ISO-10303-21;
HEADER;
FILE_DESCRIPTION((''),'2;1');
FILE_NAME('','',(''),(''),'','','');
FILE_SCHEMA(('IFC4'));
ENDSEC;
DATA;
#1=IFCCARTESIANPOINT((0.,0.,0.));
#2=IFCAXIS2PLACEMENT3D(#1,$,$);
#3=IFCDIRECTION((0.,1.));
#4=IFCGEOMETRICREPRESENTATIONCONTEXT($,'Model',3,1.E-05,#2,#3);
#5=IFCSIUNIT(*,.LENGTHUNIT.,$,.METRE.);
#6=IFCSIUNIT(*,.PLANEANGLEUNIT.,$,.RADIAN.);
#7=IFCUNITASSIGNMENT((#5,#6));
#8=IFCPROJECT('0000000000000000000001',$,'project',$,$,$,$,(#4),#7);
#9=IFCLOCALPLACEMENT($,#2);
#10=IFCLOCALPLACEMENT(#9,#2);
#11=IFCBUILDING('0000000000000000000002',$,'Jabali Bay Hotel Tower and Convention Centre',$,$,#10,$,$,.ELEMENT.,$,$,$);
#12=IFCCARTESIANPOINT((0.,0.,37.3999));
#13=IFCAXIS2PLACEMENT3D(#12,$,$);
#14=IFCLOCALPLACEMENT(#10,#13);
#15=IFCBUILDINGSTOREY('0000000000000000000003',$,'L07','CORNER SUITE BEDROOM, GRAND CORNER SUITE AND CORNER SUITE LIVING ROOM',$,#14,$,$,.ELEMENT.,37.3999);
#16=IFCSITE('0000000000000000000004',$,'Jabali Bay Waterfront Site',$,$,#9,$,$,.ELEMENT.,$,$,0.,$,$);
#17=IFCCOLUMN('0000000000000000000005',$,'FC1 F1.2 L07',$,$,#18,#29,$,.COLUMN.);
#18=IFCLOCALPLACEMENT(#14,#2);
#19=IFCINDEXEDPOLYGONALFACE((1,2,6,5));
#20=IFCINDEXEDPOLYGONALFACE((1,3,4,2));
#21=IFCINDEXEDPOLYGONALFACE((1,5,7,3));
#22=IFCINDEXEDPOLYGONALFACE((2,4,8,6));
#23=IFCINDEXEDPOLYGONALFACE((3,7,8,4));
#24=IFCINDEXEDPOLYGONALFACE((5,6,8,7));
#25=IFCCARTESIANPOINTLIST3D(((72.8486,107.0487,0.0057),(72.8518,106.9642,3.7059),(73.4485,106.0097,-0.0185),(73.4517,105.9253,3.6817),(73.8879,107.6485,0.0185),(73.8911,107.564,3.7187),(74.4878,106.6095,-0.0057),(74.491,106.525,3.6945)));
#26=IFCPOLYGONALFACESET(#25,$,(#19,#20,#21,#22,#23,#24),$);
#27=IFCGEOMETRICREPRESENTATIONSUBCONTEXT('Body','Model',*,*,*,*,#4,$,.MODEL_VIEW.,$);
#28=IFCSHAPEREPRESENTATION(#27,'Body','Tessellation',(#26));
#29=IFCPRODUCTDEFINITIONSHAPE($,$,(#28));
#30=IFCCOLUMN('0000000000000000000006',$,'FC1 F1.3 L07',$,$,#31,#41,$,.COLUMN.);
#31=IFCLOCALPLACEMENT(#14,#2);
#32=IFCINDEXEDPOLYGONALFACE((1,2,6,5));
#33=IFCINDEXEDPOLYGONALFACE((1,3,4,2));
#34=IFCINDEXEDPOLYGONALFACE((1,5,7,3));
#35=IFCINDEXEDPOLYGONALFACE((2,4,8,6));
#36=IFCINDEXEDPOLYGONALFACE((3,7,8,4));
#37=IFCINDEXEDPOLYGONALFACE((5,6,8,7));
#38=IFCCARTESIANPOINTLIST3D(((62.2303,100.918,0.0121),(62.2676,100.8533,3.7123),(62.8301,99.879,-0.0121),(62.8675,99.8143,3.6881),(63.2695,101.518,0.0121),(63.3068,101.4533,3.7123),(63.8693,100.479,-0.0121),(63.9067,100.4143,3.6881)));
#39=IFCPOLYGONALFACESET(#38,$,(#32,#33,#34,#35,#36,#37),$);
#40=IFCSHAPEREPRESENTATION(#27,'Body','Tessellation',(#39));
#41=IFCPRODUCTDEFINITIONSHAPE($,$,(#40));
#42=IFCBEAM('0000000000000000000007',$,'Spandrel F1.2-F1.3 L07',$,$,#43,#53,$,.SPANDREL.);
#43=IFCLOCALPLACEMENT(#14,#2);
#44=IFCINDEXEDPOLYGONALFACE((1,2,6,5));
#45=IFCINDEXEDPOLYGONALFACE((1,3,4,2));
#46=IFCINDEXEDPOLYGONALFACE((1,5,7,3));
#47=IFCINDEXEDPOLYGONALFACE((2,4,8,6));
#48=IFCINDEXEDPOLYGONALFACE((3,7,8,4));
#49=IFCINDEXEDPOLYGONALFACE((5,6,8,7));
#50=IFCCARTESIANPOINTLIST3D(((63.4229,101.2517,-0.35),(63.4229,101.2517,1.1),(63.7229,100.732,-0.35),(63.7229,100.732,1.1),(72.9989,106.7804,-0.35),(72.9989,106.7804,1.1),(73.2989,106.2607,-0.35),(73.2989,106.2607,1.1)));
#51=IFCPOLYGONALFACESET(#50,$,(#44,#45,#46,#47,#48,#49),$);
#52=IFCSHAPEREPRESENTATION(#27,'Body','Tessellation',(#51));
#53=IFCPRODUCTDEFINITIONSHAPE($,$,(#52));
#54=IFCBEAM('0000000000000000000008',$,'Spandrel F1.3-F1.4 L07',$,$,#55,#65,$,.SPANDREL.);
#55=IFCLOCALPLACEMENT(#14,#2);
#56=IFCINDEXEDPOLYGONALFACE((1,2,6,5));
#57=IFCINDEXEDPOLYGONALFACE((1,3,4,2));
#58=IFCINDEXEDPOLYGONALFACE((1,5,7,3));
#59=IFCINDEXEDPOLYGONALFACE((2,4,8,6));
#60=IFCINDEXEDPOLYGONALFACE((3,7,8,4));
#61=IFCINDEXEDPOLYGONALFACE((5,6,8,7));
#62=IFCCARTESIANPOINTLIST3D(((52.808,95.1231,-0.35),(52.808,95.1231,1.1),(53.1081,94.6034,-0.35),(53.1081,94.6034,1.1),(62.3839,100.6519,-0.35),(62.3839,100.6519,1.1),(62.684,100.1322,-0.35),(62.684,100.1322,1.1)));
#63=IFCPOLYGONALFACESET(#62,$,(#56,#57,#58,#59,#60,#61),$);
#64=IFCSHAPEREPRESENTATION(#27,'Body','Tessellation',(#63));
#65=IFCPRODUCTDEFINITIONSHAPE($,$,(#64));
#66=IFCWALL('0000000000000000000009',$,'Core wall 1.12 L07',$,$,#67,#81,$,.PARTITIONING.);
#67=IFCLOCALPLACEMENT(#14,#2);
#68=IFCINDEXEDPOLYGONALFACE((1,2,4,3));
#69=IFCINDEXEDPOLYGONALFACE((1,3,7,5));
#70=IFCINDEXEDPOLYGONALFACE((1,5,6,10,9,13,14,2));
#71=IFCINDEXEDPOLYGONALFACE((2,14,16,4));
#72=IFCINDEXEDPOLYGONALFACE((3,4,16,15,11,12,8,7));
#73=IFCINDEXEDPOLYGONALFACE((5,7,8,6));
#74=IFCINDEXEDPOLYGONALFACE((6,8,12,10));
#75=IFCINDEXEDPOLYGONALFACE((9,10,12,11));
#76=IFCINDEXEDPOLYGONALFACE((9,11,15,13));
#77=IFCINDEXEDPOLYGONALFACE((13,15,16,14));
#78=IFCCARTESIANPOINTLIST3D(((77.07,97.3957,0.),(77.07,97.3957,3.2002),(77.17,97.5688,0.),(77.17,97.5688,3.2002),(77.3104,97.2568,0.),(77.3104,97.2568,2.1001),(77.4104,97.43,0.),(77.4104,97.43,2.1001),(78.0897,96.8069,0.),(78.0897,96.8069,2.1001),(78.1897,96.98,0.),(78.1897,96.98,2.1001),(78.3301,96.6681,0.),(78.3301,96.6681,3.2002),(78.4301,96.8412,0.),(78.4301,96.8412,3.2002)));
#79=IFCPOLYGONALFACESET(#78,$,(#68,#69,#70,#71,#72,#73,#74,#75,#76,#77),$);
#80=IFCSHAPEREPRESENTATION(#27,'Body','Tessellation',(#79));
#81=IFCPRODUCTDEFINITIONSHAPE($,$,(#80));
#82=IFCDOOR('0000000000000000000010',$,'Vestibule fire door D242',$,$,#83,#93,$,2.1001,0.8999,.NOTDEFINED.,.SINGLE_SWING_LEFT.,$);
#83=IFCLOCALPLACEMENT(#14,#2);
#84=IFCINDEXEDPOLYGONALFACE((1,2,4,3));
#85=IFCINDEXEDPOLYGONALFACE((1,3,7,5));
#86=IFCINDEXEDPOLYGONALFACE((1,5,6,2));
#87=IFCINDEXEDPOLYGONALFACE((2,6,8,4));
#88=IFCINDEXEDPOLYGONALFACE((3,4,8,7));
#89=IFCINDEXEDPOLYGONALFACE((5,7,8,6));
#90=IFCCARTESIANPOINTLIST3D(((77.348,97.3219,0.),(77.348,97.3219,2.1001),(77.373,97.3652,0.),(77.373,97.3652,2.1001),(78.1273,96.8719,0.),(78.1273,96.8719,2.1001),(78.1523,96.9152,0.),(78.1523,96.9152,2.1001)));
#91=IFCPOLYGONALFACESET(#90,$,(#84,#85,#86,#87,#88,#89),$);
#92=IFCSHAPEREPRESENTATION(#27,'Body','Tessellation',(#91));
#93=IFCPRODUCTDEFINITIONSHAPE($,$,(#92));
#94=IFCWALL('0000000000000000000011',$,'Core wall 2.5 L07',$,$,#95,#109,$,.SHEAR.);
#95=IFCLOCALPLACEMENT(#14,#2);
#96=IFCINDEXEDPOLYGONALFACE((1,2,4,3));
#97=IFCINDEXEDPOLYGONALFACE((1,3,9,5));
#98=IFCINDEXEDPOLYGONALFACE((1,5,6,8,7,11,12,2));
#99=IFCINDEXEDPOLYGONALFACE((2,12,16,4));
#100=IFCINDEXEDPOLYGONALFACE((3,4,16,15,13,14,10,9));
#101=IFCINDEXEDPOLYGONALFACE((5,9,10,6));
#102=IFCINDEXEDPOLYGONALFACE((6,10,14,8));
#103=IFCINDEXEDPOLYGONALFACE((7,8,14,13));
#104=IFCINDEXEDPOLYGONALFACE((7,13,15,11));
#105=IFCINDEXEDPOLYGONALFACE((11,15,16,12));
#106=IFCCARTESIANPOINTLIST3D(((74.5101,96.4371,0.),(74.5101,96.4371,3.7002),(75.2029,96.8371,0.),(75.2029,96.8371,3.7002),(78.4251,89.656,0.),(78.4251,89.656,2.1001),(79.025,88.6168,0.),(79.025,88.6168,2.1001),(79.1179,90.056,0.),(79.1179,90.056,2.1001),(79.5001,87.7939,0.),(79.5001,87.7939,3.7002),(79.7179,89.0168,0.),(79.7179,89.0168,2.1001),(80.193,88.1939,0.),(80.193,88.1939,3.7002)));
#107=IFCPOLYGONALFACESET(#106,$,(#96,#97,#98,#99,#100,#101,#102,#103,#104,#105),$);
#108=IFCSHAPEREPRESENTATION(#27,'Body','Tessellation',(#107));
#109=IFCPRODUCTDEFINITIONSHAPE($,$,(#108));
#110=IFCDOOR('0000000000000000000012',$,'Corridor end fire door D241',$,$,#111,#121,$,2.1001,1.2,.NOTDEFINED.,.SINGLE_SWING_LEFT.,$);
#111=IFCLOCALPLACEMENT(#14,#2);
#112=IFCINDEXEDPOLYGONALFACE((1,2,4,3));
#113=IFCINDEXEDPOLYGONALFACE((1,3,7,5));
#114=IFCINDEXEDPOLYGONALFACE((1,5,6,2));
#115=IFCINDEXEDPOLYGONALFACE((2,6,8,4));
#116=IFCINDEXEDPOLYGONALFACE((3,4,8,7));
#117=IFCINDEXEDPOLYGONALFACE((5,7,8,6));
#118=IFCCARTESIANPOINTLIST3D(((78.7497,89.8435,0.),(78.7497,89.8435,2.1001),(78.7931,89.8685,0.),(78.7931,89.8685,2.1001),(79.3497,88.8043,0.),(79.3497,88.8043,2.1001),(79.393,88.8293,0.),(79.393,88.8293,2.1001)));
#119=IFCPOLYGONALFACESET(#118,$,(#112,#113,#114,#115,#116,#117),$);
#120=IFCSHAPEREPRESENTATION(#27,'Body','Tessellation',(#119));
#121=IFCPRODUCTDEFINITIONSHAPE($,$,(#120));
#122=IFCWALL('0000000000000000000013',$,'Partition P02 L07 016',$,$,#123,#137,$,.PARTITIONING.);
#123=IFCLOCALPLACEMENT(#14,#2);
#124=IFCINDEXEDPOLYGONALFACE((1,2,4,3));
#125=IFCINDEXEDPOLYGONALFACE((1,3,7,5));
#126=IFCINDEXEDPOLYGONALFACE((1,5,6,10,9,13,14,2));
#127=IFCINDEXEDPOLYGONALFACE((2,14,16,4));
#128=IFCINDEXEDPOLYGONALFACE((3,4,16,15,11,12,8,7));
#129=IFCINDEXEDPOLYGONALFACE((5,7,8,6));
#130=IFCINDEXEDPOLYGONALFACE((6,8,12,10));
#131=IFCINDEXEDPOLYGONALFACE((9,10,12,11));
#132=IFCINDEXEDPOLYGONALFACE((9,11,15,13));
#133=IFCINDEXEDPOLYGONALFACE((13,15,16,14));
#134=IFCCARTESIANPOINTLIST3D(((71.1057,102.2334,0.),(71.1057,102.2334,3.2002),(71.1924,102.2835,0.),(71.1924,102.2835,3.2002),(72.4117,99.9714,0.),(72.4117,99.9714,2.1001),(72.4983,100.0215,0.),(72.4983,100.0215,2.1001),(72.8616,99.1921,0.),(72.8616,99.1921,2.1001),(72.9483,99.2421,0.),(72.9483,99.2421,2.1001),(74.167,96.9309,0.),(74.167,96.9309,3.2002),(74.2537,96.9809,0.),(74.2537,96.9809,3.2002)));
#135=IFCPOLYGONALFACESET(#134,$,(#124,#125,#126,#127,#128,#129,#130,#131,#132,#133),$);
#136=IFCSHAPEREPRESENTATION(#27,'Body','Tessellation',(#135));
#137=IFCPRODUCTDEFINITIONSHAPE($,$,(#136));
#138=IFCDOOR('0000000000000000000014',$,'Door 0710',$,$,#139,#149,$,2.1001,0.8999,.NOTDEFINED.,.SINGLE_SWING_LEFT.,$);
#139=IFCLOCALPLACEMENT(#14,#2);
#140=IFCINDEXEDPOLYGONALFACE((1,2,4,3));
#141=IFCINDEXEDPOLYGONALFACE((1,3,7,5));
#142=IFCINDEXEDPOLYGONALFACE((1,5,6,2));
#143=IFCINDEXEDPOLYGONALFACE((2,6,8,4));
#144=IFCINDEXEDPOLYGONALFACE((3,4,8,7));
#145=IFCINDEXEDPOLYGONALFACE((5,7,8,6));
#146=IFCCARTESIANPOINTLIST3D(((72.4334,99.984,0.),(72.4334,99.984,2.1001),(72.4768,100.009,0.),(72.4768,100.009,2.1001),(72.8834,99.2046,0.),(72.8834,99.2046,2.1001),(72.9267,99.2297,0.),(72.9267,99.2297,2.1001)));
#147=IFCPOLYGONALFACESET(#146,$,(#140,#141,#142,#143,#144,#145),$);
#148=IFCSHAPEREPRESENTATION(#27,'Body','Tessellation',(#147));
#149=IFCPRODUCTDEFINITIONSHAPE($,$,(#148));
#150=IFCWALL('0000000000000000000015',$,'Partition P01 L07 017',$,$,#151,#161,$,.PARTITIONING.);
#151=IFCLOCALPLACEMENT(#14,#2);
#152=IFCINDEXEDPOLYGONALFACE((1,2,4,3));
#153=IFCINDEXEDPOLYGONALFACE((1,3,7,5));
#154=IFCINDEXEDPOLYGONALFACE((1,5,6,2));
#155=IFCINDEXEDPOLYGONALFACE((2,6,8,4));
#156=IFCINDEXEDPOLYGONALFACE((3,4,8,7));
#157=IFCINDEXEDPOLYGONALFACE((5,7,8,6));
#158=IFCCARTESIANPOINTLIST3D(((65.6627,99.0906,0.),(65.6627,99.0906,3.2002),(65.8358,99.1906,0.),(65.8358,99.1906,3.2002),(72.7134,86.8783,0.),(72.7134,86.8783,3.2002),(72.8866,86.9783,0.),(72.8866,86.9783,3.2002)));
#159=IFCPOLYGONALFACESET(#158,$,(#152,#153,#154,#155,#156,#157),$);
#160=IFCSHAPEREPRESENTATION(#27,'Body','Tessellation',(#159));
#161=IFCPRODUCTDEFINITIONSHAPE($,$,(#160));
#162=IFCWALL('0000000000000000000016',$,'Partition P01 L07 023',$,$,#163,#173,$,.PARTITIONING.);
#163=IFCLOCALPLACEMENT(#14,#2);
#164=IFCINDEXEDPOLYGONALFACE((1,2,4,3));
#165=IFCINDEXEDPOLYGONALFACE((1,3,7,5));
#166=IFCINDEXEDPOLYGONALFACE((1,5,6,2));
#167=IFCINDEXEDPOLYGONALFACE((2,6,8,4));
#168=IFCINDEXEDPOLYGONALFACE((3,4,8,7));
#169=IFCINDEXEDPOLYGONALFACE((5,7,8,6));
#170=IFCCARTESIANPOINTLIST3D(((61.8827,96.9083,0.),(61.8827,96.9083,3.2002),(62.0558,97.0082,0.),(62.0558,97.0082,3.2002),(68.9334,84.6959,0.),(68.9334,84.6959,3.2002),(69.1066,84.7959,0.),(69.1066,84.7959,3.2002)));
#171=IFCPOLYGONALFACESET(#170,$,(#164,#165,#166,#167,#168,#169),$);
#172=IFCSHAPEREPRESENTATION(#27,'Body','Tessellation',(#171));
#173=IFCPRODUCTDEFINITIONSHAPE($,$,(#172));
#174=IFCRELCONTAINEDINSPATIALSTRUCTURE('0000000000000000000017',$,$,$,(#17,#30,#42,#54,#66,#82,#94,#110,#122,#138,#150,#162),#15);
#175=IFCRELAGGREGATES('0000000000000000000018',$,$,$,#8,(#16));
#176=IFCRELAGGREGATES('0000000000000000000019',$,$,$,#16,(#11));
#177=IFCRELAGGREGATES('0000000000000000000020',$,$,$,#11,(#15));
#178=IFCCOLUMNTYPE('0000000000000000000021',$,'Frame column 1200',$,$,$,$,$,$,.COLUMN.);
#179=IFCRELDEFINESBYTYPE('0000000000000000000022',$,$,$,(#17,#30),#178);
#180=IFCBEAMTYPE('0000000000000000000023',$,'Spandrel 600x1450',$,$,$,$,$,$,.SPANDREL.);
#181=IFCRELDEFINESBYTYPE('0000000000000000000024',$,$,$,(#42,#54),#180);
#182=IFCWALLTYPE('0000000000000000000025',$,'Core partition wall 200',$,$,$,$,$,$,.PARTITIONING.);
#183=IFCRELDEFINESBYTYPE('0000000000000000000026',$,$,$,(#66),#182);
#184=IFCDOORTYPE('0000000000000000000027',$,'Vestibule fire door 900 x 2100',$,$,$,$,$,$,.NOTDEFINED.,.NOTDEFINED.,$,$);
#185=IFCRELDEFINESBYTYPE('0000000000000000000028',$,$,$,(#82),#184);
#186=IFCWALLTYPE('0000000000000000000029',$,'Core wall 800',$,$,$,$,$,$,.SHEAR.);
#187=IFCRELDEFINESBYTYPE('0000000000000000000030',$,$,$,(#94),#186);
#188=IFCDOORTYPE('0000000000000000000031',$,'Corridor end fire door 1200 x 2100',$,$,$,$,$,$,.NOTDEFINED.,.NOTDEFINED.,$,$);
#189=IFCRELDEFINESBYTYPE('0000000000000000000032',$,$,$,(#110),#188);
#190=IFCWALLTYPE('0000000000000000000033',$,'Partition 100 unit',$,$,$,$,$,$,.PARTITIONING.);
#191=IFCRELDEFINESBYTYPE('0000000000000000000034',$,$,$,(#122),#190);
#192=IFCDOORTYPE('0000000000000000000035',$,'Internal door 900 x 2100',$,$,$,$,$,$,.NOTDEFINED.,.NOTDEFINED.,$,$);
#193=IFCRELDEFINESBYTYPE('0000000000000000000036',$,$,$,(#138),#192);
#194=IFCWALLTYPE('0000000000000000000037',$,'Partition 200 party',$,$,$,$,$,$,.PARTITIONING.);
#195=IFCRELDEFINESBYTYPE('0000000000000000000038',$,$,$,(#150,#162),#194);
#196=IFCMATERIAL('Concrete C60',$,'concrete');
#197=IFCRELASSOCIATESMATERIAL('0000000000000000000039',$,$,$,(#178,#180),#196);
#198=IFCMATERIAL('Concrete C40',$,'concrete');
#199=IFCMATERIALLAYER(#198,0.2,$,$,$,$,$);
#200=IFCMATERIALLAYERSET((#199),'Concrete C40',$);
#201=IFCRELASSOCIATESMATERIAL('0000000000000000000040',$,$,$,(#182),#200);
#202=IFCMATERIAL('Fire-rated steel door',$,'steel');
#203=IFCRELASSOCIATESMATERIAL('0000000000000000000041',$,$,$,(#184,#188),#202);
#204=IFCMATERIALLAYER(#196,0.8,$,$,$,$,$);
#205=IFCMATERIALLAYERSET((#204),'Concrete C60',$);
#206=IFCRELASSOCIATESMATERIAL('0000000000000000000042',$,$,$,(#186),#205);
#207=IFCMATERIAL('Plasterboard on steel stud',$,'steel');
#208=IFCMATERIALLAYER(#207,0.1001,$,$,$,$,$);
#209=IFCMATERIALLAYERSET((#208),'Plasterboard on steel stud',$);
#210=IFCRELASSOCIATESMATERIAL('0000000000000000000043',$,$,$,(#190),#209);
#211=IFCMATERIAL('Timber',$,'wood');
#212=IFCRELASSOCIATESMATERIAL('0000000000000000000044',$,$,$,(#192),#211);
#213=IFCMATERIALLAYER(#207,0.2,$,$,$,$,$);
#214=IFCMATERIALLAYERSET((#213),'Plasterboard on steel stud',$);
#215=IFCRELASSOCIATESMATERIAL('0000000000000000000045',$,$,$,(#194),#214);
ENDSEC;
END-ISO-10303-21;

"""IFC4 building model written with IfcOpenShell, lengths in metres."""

from ifc_helpers import new_model, si_unit, direction, frame, frame_2d, origin, origin_2d, place, context, subcontext, project, spatial, rectangle, extrude, material, layer, layer_set, material_profile, profile_set, type_object, element, fill, save


model = new_model("IFC4")

# Units and contexts
model_context = context("Model", 3, precision=1e-05, world=origin(), true_north=direction((0.0, 1.0)))
body_context = subcontext(model_context, "Body", "Model", "MODEL_VIEW")
ifc_project = project(units=[si_unit("LENGTHUNIT", "METRE"), si_unit("PLANEANGLEUNIT", "RADIAN")], contexts=[model_context])

# Site, building, storey
site_placement = place(None, origin())
site = spatial("IfcSite", under=ifc_project, at=site_placement, Name="Jabali Bay Waterfront Site", CompositionType="ELEMENT", RefElevation=0.0)
building_placement = place(site_placement, origin())
building = spatial("IfcBuilding", under=site, at=building_placement, Name="Jabali Bay Hotel Tower and Convention Centre", CompositionType="ELEMENT")
storey_placement = place(building_placement, frame((0.0, 0.0, 37.3999)))
storey = spatial("IfcBuildingStorey", under=building, at=storey_placement, Name="L07", Description="CORNER SUITE BEDROOM, GRAND CORNER SUITE AND CORNER SUITE LIVING ROOM", CompositionType="ELEMENT", Elevation=37.3999)

# Columns
ifc_material_1 = material(Name="Concrete C60", Category="concrete")
ifc_material_profile_1 = material_profile(ifc_material_1, rectangle(XDim=1.2, YDim=1.2, at=origin_2d()), Name="Frame column 1200")
ifc_profile_set_1 = profile_set([ifc_material_profile_1], Name="Concrete C60")
column_type = type_object("IfcColumnType", Name="Frame column 1200", PredefinedType="COLUMN", material=ifc_profile_set_1)
column_1_placement = place(storey_placement, frame((73.6682, 106.8291, 0.0), z_axis=(0.000858, -0.022823, 0.999739), x_axis=(0.86606, 0.499826, 0.010668)))
element("IfcColumn", 1, at=column_1_placement, inside=storey, type_object=column_type, Name="FC1 F1.2 L07", PredefinedType="COLUMN", context=body_context, shape_type="SweptSolid", body=[
    extrude(rectangle(XDim=1.2, YDim=1.2, at=origin_2d()), origin(), (0.0, 0.0, 1.0), 3.7012),
])
column_2_placement = place(storey_placement, frame((63.0498, 100.6985, 0.0), z_axis=(0.010093, -0.017481, 0.999796), x_axis=(-0.499897, 0.86585, 0.020186)))
element("IfcColumn", 2, at=column_2_placement, inside=storey, type_object=column_type, Name="FC1 F1.3 L07", PredefinedType="COLUMN", context=body_context, shape_type="SweptSolid", body=[
    extrude(rectangle(XDim=1.2, YDim=1.2, at=origin_2d()), origin(), (0.0, 0.0, 1.0), 3.7009),
])

# Beams
ifc_material_profile_2 = material_profile(ifc_material_1, rectangle(XDim=0.6001, YDim=1.45, at=origin_2d()), Name="Spandrel 600x1450")
ifc_profile_set_2 = profile_set([ifc_material_profile_2], Name="Concrete C60")
beam_type = type_object("IfcBeamType", Name="Spandrel 600x1450", PredefinedType="SPANDREL", material=ifc_profile_set_2)
for number, where, z_axis, x_axis, name in (
    (3, (73.1489, 106.5205, 0.375), (-0.866029, -0.499993, 0.0), (0.499993, -0.866029, 0.0), "Spandrel F1.2-F1.3 L07"),
    (4, (62.5339, 100.3921, 0.375), (-0.86602, -0.50001, 0.0), (0.50001, -0.86602, 0.0), "Spandrel F1.3-F1.4 L07"),
):
    element("IfcBeam", number, at=place(storey_placement, frame(where, z_axis=z_axis, x_axis=x_axis)), inside=storey, type_object=beam_type, Name=name, PredefinedType="SPANDREL", context=body_context, shape_type="SweptSolid", body=[
        extrude(rectangle(XDim=0.6001, YDim=1.45, at=origin_2d()), origin(), (0.0, 0.0, 1.0), 11.0574),
    ])

# Walls, openings, doors
ifc_material_2 = material(Name="Concrete C40", Category="concrete")
ifc_layer_1 = layer(ifc_material_2, 0.2)
ifc_layer_set_1 = layer_set([ifc_layer_1], Name="Concrete C40")
wall_type_1 = type_object("IfcWallType", Name="Core partition wall 200", PredefinedType="PARTITIONING", material=ifc_layer_set_1)
wall_1_placement = place(storey_placement, frame((78.3801, 96.7546, 0.0), z_axis=(0.0, 0.0, 1.0), x_axis=(-0.866004, 0.500037, 0.0)))
wall_1 = element("IfcWall", 5, at=wall_1_placement, inside=storey, type_object=wall_type_1, Name="Core wall 1.12 L07", PredefinedType="PARTITIONING", context=body_context, shape_type="SweptSolid", body=[
    extrude(rectangle(XDim=1.4551, YDim=0.2, at=frame_2d((0.7275, 0.0))), origin(), (0.0, 0.0, 1.0), 3.2002),
])
opening_1_placement = place(wall_1_placement, frame((0.2776, 0.0, 0.0)))
opening_1 = element("IfcOpeningElement", 6, at=opening_1_placement, cuts=wall_1, PredefinedType="OPENING", context=body_context, shape_type="SweptSolid", body=[
    extrude(rectangle(XDim=0.8999, YDim=2.1001, at=frame_2d((0.45, 1.05))), frame((0.0, 0.1104, 0.0), z_axis=(0.0, -1.0, 0.0), x_axis=(1.0, 0.0, 0.0)), (0.0, 0.0, 1.0), 0.2209),
])
ifc_material_3 = material(Name="Fire-rated steel door", Category="steel")
door_type_1 = type_object("IfcDoorType", Name="Vestibule fire door 900 x 2100", OperationType="NOTDEFINED", PredefinedType="NOTDEFINED", material=ifc_material_3)
door_1_placement = place(opening_1_placement, origin())
door_1 = element("IfcDoor", 7, at=door_1_placement, inside=storey, type_object=door_type_1, Name="Vestibule fire door D242", OperationType="SINGLE_SWING_LEFT", OverallHeight=2.1001, OverallWidth=0.8999, PredefinedType="NOTDEFINED", context=body_context, shape_type="SweptSolid", body=[
    extrude(rectangle(XDim=0.8999, YDim=2.1001, at=frame_2d((0.45, 1.05))), frame((0.0, 0.0249, 0.0), z_axis=(0.0, -1.0, 0.0), x_axis=(1.0, 0.0, 0.0)), (0.0, 0.0, 1.0), 0.05),
])
fill(opening_1, door_1)
ifc_layer_2 = layer(ifc_material_1, 0.8)
ifc_layer_set_2 = layer_set([ifc_layer_2], Name="Concrete C60")
wall_type_2 = type_object("IfcWallType", Name="Core wall 800", PredefinedType="SHEAR", material=ifc_layer_set_2)
wall_2_placement = place(storey_placement, frame((74.8564, 96.6372, 0.0), z_axis=(0.0, 0.0, 1.0), x_axis=(0.499994, -0.866029, 0.0)))
wall_2 = element("IfcWall", 8, at=wall_2_placement, inside=storey, type_object=wall_type_2, Name="Core wall 2.5 L07", PredefinedType="SHEAR", context=body_context, shape_type="SweptSolid", body=[
    extrude(rectangle(XDim=9.9802, YDim=0.8, at=frame_2d((4.9902, 0.0))), origin(), (0.0, 0.0, 1.0), 3.7002),
])
opening_2_placement = place(wall_2_placement, frame((7.8301, 0.0, 0.0)))
opening_2 = element("IfcOpeningElement", 9, at=opening_2_placement, cuts=wall_2, PredefinedType="OPENING", context=body_context, shape_type="SweptSolid", body=[
    extrude(rectangle(XDim=1.2, YDim=2.1001, at=frame_2d((0.6001, 1.05))), frame((0.0, 0.4106, 0.0), z_axis=(0.0, -1.0, 0.0), x_axis=(1.0, 0.0, 0.0)), (0.0, 0.0, 1.0), 0.821),
])
door_type_2 = type_object("IfcDoorType", Name="Corridor end fire door 1200 x 2100", OperationType="NOTDEFINED", PredefinedType="NOTDEFINED", material=ifc_material_3)
door_2_placement = place(opening_2_placement, origin())
door_2 = element("IfcDoor", 10, at=door_2_placement, inside=storey, type_object=door_type_2, Name="Corridor end fire door D241", OperationType="SINGLE_SWING_LEFT", OverallHeight=2.1001, OverallWidth=1.2, PredefinedType="NOTDEFINED", context=body_context, shape_type="SweptSolid", body=[
    extrude(rectangle(XDim=1.2, YDim=2.1001, at=frame_2d((0.6001, 1.05))), frame((0.0, 0.0249, 0.0), z_axis=(0.0, -1.0, 0.0), x_axis=(1.0, 0.0, 0.0)), (0.0, 0.0, 1.0), 0.05),
])
fill(opening_2, door_2)
ifc_material_4 = material(Name="Plasterboard on steel stud", Category="steel")
ifc_layer_3 = layer(ifc_material_4, 0.1001)
ifc_layer_set_3 = layer_set([ifc_layer_3], Name="Plasterboard on steel stud")
wall_type_3 = type_object("IfcWallType", Name="Partition 100 unit", PredefinedType="PARTITIONING", material=ifc_layer_set_3)
wall_3_placement = place(storey_placement, frame((74.2104, 96.9558, 0.0), z_axis=(0.0, 0.0, 1.0), x_axis=(-0.499986, 0.866034, 0.0)))
wall_3 = element("IfcWall", 11, at=wall_3_placement, inside=storey, type_object=wall_type_3, Name="Partition P02 L07 016", PredefinedType="PARTITIONING", context=body_context, shape_type="SweptSolid", body=[
    extrude(rectangle(XDim=6.1228, YDim=0.1001, at=frame_2d((3.0615, 0.0))), origin(), (0.0, 0.0, 1.0), 3.2002),
])
opening_3_placement = place(wall_3_placement, frame((2.6111, 0.0, 0.0)))
opening_3 = element("IfcOpeningElement", 12, at=opening_3_placement, cuts=wall_3, PredefinedType="OPENING", context=body_context, shape_type="SweptSolid", body=[
    extrude(rectangle(XDim=0.8999, YDim=2.1001, at=frame_2d((0.45, 1.05))), frame((0.0, 0.0605, 0.0), z_axis=(0.0, -1.0, 0.0), x_axis=(1.0, 0.0, 0.0)), (0.0, 0.0, 1.0), 0.1211),
])
ifc_material_5 = material(Name="Timber", Category="wood")
door_type_3 = type_object("IfcDoorType", Name="Internal door 900 x 2100", OperationType="NOTDEFINED", PredefinedType="NOTDEFINED", material=ifc_material_5)
door_3_placement = place(opening_3_placement, origin())
door_3 = element("IfcDoor", 13, at=door_3_placement, inside=storey, type_object=door_type_3, Name="Door 0710", OperationType="SINGLE_SWING_LEFT", OverallHeight=2.1001, OverallWidth=0.8999, PredefinedType="NOTDEFINED", context=body_context, shape_type="SweptSolid", body=[
    extrude(rectangle(XDim=0.8999, YDim=2.1001, at=frame_2d((0.45, 1.05))), frame((0.0, 0.0249, 0.0), z_axis=(0.0, -1.0, 0.0), x_axis=(1.0, 0.0, 0.0)), (0.0, 0.0, 1.0), 0.05),
])
fill(opening_3, door_3)

# Walls
ifc_layer_4 = layer(ifc_material_4, 0.2)
ifc_layer_set_4 = layer_set([ifc_layer_4], Name="Plasterboard on steel stud")
wall_type_4 = type_object("IfcWallType", Name="Partition 200 party", PredefinedType="PARTITIONING", material=ifc_layer_set_4)
for number, where, z_axis, x_axis, name in (
    (14, (65.7493, 99.1406, 0.0), (0.0, 0.0, 1.0), (0.499997, -0.866027, 0.0), "Partition P01 L07 017"),
    (15, (61.9692, 96.9583, 0.0), (0.0, 0.0, 1.0), (0.499997, -0.866027, 0.0), "Partition P01 L07 023"),
):
    element("IfcWall", number, at=place(storey_placement, frame(where, z_axis=z_axis, x_axis=x_axis)), inside=storey, type_object=wall_type_4, Name=name, PredefinedType="PARTITIONING", context=body_context, shape_type="SweptSolid", body=[
        extrude(rectangle(XDim=14.1016, YDim=0.2, at=frame_2d((7.0508, 0.0))), origin(), (0.0, 0.0, 1.0), 3.2002),
    ])

save(model, "model.ifc")
